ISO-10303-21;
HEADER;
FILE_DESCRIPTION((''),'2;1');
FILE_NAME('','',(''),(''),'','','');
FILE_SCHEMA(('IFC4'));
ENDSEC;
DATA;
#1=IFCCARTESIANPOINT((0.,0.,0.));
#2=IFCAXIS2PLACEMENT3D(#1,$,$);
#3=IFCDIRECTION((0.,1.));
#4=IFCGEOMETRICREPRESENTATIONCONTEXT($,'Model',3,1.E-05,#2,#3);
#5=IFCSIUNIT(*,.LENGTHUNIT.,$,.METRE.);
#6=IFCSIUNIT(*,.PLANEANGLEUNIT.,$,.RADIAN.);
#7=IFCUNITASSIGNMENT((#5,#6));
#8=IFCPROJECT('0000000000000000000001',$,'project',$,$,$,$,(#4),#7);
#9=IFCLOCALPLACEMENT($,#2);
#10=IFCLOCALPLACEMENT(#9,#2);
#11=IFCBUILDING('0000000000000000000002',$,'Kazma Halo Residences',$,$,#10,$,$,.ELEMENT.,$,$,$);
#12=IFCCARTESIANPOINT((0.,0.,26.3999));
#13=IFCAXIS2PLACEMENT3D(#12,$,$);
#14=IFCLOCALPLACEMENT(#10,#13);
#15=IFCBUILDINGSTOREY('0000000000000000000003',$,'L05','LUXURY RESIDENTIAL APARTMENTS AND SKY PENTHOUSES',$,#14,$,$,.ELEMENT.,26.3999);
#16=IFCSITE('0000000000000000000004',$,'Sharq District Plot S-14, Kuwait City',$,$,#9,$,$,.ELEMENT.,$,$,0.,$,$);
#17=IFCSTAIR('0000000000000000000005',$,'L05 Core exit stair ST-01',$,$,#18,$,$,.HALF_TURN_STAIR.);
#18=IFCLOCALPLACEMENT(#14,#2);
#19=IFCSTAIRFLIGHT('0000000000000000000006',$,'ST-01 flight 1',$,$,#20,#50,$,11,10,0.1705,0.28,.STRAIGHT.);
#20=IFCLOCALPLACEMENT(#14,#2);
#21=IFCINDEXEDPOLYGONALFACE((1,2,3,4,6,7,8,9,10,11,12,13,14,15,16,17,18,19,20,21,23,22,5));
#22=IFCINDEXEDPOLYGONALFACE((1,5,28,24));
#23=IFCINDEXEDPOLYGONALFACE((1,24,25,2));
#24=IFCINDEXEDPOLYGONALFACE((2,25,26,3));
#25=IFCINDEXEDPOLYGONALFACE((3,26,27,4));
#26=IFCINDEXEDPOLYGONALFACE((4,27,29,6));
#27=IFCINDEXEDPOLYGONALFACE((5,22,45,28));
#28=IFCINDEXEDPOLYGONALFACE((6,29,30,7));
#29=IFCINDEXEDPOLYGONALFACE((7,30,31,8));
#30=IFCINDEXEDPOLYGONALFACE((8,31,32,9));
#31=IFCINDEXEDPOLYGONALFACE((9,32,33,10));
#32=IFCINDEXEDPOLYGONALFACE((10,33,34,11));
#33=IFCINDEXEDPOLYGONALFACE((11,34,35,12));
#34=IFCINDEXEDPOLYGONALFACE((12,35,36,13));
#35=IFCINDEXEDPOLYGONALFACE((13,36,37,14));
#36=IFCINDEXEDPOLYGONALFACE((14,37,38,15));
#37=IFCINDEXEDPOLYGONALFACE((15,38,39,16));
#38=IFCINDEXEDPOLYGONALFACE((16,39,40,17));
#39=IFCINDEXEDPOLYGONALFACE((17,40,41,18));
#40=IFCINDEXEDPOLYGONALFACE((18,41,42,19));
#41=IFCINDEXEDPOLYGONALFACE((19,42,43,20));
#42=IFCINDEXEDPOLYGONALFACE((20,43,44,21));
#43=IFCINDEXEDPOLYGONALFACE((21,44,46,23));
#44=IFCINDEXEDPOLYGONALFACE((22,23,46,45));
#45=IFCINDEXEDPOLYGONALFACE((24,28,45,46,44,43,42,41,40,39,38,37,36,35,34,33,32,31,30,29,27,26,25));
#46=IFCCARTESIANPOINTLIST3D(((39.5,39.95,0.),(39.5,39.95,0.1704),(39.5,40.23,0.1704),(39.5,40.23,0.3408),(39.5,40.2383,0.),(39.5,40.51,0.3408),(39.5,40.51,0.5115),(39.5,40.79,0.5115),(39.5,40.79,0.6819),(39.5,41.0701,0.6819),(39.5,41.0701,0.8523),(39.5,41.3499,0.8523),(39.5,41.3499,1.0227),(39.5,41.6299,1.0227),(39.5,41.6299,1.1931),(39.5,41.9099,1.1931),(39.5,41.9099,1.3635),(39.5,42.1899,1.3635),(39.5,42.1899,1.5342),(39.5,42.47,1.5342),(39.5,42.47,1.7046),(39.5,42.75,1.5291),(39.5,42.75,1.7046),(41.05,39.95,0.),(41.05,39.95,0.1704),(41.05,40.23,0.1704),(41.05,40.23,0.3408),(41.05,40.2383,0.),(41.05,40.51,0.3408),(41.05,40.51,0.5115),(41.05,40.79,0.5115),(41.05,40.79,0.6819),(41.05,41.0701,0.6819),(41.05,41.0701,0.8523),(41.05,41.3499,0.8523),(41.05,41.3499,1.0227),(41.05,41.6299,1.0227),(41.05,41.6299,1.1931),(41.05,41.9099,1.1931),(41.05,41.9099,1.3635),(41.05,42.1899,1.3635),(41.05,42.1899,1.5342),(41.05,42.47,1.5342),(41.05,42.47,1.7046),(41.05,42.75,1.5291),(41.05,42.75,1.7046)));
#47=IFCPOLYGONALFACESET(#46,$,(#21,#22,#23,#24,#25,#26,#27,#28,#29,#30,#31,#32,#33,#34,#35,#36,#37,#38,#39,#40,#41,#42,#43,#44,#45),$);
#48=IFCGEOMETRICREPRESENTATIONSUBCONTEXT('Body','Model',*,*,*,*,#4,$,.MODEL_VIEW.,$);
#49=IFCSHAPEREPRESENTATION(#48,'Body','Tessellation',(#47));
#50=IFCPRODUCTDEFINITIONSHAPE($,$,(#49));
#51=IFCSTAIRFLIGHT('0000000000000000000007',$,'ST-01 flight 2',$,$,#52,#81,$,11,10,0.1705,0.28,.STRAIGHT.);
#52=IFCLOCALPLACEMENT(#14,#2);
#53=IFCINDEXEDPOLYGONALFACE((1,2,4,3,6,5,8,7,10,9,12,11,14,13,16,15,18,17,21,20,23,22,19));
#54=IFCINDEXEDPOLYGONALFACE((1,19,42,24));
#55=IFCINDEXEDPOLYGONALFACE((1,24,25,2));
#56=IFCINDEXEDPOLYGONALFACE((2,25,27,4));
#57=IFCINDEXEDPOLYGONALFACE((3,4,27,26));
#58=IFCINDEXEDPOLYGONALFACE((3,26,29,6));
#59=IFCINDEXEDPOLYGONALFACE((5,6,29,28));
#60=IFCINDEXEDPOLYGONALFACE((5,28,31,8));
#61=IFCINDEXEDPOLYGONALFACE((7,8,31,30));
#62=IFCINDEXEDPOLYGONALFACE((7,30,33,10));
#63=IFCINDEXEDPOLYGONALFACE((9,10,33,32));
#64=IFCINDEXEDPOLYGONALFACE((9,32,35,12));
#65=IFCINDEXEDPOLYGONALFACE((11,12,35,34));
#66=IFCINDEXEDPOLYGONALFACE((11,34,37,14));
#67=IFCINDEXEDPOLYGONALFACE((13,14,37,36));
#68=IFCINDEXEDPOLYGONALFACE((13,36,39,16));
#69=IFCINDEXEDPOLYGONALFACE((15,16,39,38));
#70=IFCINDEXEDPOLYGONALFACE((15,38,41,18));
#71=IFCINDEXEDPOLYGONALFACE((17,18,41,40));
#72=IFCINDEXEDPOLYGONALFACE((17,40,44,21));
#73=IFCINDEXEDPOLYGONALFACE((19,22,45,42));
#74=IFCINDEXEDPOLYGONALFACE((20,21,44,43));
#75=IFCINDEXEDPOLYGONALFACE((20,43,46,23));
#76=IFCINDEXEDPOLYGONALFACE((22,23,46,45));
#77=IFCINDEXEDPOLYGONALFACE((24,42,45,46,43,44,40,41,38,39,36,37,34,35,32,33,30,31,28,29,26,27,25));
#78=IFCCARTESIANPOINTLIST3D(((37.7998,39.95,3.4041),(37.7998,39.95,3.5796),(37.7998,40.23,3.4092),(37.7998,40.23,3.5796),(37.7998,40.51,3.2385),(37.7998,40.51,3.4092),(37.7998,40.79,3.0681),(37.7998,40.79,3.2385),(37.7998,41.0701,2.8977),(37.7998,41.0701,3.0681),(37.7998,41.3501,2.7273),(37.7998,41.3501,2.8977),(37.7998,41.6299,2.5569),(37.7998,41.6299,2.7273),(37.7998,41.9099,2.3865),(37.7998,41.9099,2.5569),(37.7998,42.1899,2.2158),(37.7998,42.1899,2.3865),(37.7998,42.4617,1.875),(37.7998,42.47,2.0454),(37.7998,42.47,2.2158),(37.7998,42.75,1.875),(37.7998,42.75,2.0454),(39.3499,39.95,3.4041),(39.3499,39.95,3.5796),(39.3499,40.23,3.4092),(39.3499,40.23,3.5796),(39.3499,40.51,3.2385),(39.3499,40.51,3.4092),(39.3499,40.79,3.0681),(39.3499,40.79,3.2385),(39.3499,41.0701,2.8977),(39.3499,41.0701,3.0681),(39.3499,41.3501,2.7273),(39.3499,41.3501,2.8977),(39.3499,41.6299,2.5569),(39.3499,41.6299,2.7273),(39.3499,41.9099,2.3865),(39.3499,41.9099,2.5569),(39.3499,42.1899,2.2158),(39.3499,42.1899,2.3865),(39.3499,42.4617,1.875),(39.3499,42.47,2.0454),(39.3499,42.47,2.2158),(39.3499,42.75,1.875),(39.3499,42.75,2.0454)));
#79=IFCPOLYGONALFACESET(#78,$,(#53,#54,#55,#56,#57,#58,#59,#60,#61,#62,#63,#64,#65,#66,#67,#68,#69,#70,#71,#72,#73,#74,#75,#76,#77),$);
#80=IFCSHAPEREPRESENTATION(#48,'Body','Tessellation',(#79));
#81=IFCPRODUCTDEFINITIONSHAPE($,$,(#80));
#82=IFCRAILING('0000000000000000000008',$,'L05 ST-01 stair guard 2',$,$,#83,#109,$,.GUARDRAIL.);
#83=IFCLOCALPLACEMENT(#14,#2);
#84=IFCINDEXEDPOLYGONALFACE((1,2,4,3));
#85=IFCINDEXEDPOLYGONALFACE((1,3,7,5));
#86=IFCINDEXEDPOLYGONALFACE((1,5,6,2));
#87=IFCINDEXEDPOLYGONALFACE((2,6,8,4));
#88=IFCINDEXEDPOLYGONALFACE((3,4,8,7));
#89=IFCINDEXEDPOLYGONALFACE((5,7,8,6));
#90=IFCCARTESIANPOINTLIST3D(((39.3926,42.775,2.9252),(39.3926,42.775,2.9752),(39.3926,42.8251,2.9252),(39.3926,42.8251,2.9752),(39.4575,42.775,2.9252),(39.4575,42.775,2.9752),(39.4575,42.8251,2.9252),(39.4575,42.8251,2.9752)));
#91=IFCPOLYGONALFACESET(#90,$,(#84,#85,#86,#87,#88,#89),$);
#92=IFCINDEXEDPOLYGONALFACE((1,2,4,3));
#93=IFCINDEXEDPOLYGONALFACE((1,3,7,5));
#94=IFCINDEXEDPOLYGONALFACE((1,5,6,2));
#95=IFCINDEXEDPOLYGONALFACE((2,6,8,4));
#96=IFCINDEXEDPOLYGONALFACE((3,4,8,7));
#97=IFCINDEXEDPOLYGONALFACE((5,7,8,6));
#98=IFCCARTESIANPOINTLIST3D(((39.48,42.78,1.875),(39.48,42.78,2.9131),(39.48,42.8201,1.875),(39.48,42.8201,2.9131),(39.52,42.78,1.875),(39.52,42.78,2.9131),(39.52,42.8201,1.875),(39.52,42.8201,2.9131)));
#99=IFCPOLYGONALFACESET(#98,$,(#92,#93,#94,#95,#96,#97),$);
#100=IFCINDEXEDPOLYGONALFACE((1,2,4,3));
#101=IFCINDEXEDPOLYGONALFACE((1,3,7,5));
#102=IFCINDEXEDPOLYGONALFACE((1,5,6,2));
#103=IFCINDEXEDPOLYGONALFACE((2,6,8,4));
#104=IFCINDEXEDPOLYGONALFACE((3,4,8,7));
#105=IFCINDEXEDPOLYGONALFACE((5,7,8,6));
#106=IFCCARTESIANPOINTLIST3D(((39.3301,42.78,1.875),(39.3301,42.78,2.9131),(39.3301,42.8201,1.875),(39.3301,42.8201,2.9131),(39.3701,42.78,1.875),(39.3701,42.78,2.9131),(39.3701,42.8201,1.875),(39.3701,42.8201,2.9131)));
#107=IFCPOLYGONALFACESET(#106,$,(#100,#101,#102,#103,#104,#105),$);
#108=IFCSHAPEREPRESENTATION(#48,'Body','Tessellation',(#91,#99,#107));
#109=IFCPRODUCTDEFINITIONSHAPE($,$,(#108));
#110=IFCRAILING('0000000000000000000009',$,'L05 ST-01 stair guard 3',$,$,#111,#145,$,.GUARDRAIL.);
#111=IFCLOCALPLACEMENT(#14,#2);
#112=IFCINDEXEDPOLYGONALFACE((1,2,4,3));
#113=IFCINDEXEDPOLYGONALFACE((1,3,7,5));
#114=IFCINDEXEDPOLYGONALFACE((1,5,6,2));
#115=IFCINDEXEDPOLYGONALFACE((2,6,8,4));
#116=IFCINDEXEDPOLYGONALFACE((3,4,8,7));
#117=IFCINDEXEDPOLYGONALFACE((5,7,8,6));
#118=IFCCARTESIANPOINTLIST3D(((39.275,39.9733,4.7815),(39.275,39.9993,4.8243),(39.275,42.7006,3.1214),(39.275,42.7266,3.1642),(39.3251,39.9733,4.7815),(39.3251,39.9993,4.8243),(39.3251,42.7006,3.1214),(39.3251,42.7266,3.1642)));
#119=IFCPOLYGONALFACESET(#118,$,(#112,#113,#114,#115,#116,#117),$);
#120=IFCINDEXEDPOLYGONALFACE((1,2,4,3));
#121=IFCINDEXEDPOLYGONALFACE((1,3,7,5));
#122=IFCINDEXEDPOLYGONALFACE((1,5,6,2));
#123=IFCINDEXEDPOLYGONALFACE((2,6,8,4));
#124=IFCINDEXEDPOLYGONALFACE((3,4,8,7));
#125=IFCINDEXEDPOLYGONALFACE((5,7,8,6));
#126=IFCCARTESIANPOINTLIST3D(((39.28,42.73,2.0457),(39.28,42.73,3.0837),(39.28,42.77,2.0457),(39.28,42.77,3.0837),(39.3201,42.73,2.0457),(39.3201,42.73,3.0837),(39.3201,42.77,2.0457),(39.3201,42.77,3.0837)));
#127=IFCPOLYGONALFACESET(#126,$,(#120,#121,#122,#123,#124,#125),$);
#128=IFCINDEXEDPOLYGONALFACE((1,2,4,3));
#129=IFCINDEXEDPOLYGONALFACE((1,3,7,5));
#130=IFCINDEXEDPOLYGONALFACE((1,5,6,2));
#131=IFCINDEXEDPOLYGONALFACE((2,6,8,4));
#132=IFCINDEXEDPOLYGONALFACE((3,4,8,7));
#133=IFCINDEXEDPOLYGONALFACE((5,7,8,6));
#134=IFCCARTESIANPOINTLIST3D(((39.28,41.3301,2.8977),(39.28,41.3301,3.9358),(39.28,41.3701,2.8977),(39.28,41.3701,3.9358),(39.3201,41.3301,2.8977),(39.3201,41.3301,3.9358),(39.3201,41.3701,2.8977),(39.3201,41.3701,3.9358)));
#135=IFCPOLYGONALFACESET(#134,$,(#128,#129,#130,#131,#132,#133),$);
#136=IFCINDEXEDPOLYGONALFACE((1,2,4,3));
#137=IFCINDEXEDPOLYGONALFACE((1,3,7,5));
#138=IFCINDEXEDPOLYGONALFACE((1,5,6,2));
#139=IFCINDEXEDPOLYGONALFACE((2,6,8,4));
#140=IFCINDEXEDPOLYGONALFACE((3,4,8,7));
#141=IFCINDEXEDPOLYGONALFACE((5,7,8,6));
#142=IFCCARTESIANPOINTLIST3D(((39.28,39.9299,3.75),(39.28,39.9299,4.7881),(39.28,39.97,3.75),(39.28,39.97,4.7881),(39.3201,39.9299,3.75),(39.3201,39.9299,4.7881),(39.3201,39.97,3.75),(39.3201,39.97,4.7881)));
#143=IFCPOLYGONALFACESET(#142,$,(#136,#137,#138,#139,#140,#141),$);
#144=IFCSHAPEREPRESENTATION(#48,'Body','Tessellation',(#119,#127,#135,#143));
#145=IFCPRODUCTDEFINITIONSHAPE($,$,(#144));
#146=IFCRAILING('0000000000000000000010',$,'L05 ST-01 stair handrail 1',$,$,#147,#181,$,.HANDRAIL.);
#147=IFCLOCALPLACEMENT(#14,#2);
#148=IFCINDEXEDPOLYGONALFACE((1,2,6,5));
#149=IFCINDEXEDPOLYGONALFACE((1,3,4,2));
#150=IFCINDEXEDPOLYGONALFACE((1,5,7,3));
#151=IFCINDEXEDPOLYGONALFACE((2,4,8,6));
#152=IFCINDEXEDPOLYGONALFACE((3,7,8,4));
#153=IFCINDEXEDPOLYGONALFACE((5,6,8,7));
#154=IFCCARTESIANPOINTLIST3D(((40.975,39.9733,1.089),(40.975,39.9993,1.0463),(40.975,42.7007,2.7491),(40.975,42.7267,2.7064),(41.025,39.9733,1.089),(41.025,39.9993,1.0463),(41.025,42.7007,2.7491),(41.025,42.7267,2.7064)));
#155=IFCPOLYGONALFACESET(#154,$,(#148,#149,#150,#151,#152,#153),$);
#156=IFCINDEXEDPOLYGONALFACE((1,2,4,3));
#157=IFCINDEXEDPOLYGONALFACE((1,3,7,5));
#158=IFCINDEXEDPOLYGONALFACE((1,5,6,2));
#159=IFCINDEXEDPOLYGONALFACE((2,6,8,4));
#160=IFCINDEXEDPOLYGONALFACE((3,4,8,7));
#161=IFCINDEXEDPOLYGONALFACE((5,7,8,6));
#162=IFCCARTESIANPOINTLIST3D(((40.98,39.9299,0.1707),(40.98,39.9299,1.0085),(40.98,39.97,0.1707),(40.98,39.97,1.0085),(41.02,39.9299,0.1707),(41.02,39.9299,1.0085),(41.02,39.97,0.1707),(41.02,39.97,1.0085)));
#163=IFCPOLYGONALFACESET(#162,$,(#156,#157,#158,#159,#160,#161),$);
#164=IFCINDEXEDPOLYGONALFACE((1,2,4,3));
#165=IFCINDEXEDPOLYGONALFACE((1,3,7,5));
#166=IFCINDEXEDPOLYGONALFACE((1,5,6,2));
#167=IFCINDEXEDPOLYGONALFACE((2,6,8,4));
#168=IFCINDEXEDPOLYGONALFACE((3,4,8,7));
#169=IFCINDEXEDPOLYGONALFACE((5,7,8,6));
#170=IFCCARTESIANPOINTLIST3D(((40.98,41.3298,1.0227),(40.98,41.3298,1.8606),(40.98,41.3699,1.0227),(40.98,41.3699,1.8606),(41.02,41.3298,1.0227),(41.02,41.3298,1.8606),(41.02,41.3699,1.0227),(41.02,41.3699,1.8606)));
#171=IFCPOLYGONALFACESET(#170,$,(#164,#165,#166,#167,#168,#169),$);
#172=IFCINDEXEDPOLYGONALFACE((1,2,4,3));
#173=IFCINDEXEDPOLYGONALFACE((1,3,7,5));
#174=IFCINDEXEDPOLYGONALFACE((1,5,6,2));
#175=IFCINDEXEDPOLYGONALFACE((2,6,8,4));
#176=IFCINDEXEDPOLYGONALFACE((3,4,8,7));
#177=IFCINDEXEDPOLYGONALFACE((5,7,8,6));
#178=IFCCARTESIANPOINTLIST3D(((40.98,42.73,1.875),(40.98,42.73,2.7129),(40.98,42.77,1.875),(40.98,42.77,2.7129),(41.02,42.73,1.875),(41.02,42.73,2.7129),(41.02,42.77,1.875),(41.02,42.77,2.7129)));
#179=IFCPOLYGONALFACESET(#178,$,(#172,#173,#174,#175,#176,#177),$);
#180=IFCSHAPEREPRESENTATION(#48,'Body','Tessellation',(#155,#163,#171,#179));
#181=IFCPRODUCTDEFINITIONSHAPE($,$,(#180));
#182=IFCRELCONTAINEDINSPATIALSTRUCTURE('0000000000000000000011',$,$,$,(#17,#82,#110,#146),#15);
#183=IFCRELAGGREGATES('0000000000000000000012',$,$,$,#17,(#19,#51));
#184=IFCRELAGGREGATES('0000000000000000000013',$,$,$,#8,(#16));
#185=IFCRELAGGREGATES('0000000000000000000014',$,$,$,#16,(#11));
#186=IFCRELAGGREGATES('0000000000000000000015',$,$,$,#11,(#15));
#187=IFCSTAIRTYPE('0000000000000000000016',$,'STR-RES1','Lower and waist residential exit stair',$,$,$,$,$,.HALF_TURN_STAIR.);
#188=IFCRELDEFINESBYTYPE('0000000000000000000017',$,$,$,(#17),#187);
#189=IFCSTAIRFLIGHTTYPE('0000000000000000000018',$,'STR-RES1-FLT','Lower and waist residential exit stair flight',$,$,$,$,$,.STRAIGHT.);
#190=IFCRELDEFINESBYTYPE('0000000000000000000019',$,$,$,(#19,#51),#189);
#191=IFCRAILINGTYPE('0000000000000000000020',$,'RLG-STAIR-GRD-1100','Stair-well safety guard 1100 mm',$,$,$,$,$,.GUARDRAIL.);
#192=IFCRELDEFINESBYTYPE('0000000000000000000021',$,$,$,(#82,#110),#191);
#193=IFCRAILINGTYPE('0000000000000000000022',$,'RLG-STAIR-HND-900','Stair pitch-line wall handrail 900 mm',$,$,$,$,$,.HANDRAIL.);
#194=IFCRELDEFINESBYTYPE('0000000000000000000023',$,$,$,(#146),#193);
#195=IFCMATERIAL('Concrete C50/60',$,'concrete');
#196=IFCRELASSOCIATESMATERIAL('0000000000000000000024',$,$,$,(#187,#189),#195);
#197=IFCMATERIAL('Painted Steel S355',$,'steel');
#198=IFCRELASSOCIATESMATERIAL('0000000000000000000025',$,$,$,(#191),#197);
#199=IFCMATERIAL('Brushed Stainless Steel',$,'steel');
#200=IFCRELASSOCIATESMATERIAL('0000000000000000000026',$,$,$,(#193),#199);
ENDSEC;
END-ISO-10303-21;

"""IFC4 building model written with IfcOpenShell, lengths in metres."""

from ifc_helpers import new_model, si_unit, direction, frame, origin, origin_2d, place, context, subcontext, project, spatial, polyline, rectangle, outline, extrude, material, type_object, element, aggregate, save


model = new_model("IFC4")

# Units and contexts
model_context = context("Model", 3, precision=1e-05, world=origin(), true_north=direction((0.0, 1.0)))
body_context = subcontext(model_context, "Body", "Model", "MODEL_VIEW")
ifc_project = project(units=[si_unit("LENGTHUNIT", "METRE"), si_unit("PLANEANGLEUNIT", "RADIAN")], contexts=[model_context])

# Site, building, storey
site_placement = place(None, origin())
site = spatial("IfcSite", under=ifc_project, at=site_placement, Name="Sharq District Plot S-14, Kuwait City", CompositionType="ELEMENT", RefElevation=0.0)
building_placement = place(site_placement, origin())
building = spatial("IfcBuilding", under=site, at=building_placement, Name="Kazma Halo Residences", CompositionType="ELEMENT")
storey_placement = place(building_placement, frame((0.0, 0.0, 26.3999)))
storey = spatial("IfcBuildingStorey", under=building, at=storey_placement, Name="L05", Description="LUXURY RESIDENTIAL APARTMENTS AND SKY PENTHOUSES", CompositionType="ELEMENT", Elevation=26.3999)

# Stair, stair flights
ifc_material_1 = material(Name="Concrete C50/60", Category="concrete")
stair_type = type_object("IfcStairType", Name="STR-RES1", Description="Lower and waist residential exit stair", PredefinedType="HALF_TURN_STAIR", material=ifc_material_1)
stair_placement = place(storey_placement, origin())
stair = element("IfcStair", 1, at=stair_placement, inside=storey, type_object=stair_type, Name="L05 Core exit stair ST-01", PredefinedType="HALF_TURN_STAIR")
stair_flight_type = type_object("IfcStairFlightType", Name="STR-RES1-FLT", Description="Lower and waist residential exit stair flight", PredefinedType="STRAIGHT", material=ifc_material_1)
stair_flight_1_placement = place(storey_placement, frame((40.2749, 39.95, 0.0), z_axis=(0.0, 0.0, 1.0), x_axis=(0.0, 1.0, 0.0)))
stair_flight_1 = element("IfcStairFlight", 2, at=stair_flight_1_placement, type_object=stair_flight_type, Name="ST-01 flight 1", NumberOfRisers=11, NumberOfTreads=10, PredefinedType="STRAIGHT", RiserHeight=0.1705, TreadLength=0.28, context=body_context, shape_type="SweptSolid", body=[
    extrude(outline(polyline([(0.0, 0.0), (0.0, 0.1704), (0.28, 0.1704), (0.28, 0.3408), (0.5601, 0.3408), (0.5601, 0.5115), (0.8401, 0.5115), (0.8401, 0.6819), (1.1201, 0.6819), (1.1201, 0.8523), (1.3999, 0.8523), (1.3999, 1.0227), (1.6799, 1.0227), (1.6799, 1.1931), (1.96, 1.1931), (1.96, 1.3635), (2.24, 1.3635), (2.24, 1.5342), (2.52, 1.5342), (2.52, 1.7046), (2.8, 1.7046), (2.8, 1.875), (2.8, 1.5291), (0.2883, 0.0), (0.0, 0.0)])), frame((0.0, 0.7749, 0.0), z_axis=(0.0, -1.0, 0.0), x_axis=(1.0, 0.0, 0.0)), (0.0, 0.0, 1.0), 1.55),
])
stair_flight_2_placement = place(storey_placement, frame((38.575, 42.75, 1.875), z_axis=(0.0, 0.0, 1.0), x_axis=(0.0, -1.0, 0.0)))
stair_flight_2 = element("IfcStairFlight", 3, at=stair_flight_2_placement, type_object=stair_flight_type, Name="ST-01 flight 2", NumberOfRisers=11, NumberOfTreads=10, PredefinedType="STRAIGHT", RiserHeight=0.1705, TreadLength=0.28, context=body_context, shape_type="SweptSolid", body=[
    extrude(outline(polyline([(0.0, 0.0), (0.0, 0.1704), (0.28, 0.1704), (0.28, 0.3408), (0.5601, 0.3408), (0.5601, 0.5115), (0.8401, 0.5115), (0.8401, 0.6819), (1.1201, 0.6819), (1.1201, 0.8523), (1.3999, 0.8523), (1.3999, 1.0227), (1.6799, 1.0227), (1.6799, 1.1931), (1.96, 1.1931), (1.96, 1.3635), (2.24, 1.3635), (2.24, 1.5342), (2.52, 1.5342), (2.52, 1.7046), (2.8, 1.7046), (2.8, 1.875), (2.8, 1.5291), (0.2883, 0.0), (0.0, 0.0)])), frame((0.0, 0.7749, 0.0), z_axis=(0.0, -1.0, 0.0), x_axis=(1.0, 0.0, 0.0)), (0.0, 0.0, 1.0), 1.55),
])
aggregate(stair, [stair_flight_1, stair_flight_2])

# Railings
ifc_material_2 = material(Name="Painted Steel S355", Category="steel")
railing_type_1 = type_object("IfcRailingType", Name="RLG-STAIR-GRD-1100", Description="Stair-well safety guard 1100 mm", PredefinedType="GUARDRAIL", material=ifc_material_2)
railing_1_placement = place(storey_placement, frame((39.5, 42.8, 1.875)))
element("IfcRailing", 4, at=railing_1_placement, inside=storey, type_object=railing_type_1, Name="L05 ST-01 stair guard 2", PredefinedType="GUARDRAIL", context=body_context, shape_type="SweptSolid", body=[
    extrude(rectangle(XDim=0.05, YDim=0.05, at=origin_2d()), frame((-0.0425, 0.0, 1.0752), z_axis=(-1.0, 0.0, 0.0), x_axis=(0.0, -1.0, 0.0)), (0.0, 0.0, 1.0), 0.0649),
    extrude(rectangle(XDim=0.04, YDim=0.04, at=origin_2d()), origin(), (0.0, 0.0, 1.0), 1.0381),
    extrude(rectangle(XDim=0.04, YDim=0.04, at=origin_2d()), frame((-0.1499, 0.0, 0.0)), (0.0, 0.0, 1.0), 1.0381),
])
railing_2_placement = place(storey_placement, frame((39.3, 42.75, 2.0457)))
element("IfcRailing", 5, at=railing_2_placement, inside=storey, type_object=railing_type_1, Name="L05 ST-01 stair guard 3", PredefinedType="GUARDRAIL", context=body_context, shape_type="SweptSolid", body=[
    extrude(rectangle(XDim=0.05, YDim=0.05, at=origin_2d()), frame((0.0, -0.0364, 1.0972), z_axis=(0.0, -0.854203, 0.51994), x_axis=(1.0, 0.0, 0.0)), (0.0, 0.0, 1.0), 3.1929),
    extrude(rectangle(XDim=0.04, YDim=0.04, at=origin_2d()), origin(), (0.0, 0.0, 1.0), 1.0381),
    extrude(rectangle(XDim=0.04, YDim=0.04, at=origin_2d()), frame((0.0, -1.3999, 0.8521)), (0.0, 0.0, 1.0), 1.0381),
    extrude(rectangle(XDim=0.04, YDim=0.04, at=origin_2d()), frame((0.0, -2.8, 1.7043)), (0.0, 0.0, 1.0), 1.0381),
])
ifc_material_3 = material(Name="Brushed Stainless Steel", Category="steel")
railing_type_2 = type_object("IfcRailingType", Name="RLG-STAIR-HND-900", Description="Stair pitch-line wall handrail 900 mm", PredefinedType="HANDRAIL", material=ifc_material_3)
railing_3_placement = place(storey_placement, frame((41.0, 39.95, 0.1707)))
element("IfcRailing", 6, at=railing_3_placement, inside=storey, type_object=railing_type_2, Name="L05 ST-01 stair handrail 1", PredefinedType="HANDRAIL", context=body_context, shape_type="SweptSolid", body=[
    extrude(rectangle(XDim=0.05, YDim=0.05, at=origin_2d()), frame((0.0, 0.0364, 0.897), z_axis=(0.0, 0.854203, 0.51994), x_axis=(-1.0, 0.0, 0.0)), (0.0, 0.0, 1.0), 3.1929),
    extrude(rectangle(XDim=0.04, YDim=0.04, at=origin_2d()), origin(), (0.0, 0.0, 1.0), 0.8379),
    extrude(rectangle(XDim=0.04, YDim=0.04, at=origin_2d()), frame((0.0, 1.3999, 0.8521)), (0.0, 0.0, 1.0), 0.8379),
    extrude(rectangle(XDim=0.04, YDim=0.04, at=origin_2d()), frame((0.0, 2.8, 1.7043)), (0.0, 0.0, 1.0), 0.8379),
])

save(model, "model.ifc")
